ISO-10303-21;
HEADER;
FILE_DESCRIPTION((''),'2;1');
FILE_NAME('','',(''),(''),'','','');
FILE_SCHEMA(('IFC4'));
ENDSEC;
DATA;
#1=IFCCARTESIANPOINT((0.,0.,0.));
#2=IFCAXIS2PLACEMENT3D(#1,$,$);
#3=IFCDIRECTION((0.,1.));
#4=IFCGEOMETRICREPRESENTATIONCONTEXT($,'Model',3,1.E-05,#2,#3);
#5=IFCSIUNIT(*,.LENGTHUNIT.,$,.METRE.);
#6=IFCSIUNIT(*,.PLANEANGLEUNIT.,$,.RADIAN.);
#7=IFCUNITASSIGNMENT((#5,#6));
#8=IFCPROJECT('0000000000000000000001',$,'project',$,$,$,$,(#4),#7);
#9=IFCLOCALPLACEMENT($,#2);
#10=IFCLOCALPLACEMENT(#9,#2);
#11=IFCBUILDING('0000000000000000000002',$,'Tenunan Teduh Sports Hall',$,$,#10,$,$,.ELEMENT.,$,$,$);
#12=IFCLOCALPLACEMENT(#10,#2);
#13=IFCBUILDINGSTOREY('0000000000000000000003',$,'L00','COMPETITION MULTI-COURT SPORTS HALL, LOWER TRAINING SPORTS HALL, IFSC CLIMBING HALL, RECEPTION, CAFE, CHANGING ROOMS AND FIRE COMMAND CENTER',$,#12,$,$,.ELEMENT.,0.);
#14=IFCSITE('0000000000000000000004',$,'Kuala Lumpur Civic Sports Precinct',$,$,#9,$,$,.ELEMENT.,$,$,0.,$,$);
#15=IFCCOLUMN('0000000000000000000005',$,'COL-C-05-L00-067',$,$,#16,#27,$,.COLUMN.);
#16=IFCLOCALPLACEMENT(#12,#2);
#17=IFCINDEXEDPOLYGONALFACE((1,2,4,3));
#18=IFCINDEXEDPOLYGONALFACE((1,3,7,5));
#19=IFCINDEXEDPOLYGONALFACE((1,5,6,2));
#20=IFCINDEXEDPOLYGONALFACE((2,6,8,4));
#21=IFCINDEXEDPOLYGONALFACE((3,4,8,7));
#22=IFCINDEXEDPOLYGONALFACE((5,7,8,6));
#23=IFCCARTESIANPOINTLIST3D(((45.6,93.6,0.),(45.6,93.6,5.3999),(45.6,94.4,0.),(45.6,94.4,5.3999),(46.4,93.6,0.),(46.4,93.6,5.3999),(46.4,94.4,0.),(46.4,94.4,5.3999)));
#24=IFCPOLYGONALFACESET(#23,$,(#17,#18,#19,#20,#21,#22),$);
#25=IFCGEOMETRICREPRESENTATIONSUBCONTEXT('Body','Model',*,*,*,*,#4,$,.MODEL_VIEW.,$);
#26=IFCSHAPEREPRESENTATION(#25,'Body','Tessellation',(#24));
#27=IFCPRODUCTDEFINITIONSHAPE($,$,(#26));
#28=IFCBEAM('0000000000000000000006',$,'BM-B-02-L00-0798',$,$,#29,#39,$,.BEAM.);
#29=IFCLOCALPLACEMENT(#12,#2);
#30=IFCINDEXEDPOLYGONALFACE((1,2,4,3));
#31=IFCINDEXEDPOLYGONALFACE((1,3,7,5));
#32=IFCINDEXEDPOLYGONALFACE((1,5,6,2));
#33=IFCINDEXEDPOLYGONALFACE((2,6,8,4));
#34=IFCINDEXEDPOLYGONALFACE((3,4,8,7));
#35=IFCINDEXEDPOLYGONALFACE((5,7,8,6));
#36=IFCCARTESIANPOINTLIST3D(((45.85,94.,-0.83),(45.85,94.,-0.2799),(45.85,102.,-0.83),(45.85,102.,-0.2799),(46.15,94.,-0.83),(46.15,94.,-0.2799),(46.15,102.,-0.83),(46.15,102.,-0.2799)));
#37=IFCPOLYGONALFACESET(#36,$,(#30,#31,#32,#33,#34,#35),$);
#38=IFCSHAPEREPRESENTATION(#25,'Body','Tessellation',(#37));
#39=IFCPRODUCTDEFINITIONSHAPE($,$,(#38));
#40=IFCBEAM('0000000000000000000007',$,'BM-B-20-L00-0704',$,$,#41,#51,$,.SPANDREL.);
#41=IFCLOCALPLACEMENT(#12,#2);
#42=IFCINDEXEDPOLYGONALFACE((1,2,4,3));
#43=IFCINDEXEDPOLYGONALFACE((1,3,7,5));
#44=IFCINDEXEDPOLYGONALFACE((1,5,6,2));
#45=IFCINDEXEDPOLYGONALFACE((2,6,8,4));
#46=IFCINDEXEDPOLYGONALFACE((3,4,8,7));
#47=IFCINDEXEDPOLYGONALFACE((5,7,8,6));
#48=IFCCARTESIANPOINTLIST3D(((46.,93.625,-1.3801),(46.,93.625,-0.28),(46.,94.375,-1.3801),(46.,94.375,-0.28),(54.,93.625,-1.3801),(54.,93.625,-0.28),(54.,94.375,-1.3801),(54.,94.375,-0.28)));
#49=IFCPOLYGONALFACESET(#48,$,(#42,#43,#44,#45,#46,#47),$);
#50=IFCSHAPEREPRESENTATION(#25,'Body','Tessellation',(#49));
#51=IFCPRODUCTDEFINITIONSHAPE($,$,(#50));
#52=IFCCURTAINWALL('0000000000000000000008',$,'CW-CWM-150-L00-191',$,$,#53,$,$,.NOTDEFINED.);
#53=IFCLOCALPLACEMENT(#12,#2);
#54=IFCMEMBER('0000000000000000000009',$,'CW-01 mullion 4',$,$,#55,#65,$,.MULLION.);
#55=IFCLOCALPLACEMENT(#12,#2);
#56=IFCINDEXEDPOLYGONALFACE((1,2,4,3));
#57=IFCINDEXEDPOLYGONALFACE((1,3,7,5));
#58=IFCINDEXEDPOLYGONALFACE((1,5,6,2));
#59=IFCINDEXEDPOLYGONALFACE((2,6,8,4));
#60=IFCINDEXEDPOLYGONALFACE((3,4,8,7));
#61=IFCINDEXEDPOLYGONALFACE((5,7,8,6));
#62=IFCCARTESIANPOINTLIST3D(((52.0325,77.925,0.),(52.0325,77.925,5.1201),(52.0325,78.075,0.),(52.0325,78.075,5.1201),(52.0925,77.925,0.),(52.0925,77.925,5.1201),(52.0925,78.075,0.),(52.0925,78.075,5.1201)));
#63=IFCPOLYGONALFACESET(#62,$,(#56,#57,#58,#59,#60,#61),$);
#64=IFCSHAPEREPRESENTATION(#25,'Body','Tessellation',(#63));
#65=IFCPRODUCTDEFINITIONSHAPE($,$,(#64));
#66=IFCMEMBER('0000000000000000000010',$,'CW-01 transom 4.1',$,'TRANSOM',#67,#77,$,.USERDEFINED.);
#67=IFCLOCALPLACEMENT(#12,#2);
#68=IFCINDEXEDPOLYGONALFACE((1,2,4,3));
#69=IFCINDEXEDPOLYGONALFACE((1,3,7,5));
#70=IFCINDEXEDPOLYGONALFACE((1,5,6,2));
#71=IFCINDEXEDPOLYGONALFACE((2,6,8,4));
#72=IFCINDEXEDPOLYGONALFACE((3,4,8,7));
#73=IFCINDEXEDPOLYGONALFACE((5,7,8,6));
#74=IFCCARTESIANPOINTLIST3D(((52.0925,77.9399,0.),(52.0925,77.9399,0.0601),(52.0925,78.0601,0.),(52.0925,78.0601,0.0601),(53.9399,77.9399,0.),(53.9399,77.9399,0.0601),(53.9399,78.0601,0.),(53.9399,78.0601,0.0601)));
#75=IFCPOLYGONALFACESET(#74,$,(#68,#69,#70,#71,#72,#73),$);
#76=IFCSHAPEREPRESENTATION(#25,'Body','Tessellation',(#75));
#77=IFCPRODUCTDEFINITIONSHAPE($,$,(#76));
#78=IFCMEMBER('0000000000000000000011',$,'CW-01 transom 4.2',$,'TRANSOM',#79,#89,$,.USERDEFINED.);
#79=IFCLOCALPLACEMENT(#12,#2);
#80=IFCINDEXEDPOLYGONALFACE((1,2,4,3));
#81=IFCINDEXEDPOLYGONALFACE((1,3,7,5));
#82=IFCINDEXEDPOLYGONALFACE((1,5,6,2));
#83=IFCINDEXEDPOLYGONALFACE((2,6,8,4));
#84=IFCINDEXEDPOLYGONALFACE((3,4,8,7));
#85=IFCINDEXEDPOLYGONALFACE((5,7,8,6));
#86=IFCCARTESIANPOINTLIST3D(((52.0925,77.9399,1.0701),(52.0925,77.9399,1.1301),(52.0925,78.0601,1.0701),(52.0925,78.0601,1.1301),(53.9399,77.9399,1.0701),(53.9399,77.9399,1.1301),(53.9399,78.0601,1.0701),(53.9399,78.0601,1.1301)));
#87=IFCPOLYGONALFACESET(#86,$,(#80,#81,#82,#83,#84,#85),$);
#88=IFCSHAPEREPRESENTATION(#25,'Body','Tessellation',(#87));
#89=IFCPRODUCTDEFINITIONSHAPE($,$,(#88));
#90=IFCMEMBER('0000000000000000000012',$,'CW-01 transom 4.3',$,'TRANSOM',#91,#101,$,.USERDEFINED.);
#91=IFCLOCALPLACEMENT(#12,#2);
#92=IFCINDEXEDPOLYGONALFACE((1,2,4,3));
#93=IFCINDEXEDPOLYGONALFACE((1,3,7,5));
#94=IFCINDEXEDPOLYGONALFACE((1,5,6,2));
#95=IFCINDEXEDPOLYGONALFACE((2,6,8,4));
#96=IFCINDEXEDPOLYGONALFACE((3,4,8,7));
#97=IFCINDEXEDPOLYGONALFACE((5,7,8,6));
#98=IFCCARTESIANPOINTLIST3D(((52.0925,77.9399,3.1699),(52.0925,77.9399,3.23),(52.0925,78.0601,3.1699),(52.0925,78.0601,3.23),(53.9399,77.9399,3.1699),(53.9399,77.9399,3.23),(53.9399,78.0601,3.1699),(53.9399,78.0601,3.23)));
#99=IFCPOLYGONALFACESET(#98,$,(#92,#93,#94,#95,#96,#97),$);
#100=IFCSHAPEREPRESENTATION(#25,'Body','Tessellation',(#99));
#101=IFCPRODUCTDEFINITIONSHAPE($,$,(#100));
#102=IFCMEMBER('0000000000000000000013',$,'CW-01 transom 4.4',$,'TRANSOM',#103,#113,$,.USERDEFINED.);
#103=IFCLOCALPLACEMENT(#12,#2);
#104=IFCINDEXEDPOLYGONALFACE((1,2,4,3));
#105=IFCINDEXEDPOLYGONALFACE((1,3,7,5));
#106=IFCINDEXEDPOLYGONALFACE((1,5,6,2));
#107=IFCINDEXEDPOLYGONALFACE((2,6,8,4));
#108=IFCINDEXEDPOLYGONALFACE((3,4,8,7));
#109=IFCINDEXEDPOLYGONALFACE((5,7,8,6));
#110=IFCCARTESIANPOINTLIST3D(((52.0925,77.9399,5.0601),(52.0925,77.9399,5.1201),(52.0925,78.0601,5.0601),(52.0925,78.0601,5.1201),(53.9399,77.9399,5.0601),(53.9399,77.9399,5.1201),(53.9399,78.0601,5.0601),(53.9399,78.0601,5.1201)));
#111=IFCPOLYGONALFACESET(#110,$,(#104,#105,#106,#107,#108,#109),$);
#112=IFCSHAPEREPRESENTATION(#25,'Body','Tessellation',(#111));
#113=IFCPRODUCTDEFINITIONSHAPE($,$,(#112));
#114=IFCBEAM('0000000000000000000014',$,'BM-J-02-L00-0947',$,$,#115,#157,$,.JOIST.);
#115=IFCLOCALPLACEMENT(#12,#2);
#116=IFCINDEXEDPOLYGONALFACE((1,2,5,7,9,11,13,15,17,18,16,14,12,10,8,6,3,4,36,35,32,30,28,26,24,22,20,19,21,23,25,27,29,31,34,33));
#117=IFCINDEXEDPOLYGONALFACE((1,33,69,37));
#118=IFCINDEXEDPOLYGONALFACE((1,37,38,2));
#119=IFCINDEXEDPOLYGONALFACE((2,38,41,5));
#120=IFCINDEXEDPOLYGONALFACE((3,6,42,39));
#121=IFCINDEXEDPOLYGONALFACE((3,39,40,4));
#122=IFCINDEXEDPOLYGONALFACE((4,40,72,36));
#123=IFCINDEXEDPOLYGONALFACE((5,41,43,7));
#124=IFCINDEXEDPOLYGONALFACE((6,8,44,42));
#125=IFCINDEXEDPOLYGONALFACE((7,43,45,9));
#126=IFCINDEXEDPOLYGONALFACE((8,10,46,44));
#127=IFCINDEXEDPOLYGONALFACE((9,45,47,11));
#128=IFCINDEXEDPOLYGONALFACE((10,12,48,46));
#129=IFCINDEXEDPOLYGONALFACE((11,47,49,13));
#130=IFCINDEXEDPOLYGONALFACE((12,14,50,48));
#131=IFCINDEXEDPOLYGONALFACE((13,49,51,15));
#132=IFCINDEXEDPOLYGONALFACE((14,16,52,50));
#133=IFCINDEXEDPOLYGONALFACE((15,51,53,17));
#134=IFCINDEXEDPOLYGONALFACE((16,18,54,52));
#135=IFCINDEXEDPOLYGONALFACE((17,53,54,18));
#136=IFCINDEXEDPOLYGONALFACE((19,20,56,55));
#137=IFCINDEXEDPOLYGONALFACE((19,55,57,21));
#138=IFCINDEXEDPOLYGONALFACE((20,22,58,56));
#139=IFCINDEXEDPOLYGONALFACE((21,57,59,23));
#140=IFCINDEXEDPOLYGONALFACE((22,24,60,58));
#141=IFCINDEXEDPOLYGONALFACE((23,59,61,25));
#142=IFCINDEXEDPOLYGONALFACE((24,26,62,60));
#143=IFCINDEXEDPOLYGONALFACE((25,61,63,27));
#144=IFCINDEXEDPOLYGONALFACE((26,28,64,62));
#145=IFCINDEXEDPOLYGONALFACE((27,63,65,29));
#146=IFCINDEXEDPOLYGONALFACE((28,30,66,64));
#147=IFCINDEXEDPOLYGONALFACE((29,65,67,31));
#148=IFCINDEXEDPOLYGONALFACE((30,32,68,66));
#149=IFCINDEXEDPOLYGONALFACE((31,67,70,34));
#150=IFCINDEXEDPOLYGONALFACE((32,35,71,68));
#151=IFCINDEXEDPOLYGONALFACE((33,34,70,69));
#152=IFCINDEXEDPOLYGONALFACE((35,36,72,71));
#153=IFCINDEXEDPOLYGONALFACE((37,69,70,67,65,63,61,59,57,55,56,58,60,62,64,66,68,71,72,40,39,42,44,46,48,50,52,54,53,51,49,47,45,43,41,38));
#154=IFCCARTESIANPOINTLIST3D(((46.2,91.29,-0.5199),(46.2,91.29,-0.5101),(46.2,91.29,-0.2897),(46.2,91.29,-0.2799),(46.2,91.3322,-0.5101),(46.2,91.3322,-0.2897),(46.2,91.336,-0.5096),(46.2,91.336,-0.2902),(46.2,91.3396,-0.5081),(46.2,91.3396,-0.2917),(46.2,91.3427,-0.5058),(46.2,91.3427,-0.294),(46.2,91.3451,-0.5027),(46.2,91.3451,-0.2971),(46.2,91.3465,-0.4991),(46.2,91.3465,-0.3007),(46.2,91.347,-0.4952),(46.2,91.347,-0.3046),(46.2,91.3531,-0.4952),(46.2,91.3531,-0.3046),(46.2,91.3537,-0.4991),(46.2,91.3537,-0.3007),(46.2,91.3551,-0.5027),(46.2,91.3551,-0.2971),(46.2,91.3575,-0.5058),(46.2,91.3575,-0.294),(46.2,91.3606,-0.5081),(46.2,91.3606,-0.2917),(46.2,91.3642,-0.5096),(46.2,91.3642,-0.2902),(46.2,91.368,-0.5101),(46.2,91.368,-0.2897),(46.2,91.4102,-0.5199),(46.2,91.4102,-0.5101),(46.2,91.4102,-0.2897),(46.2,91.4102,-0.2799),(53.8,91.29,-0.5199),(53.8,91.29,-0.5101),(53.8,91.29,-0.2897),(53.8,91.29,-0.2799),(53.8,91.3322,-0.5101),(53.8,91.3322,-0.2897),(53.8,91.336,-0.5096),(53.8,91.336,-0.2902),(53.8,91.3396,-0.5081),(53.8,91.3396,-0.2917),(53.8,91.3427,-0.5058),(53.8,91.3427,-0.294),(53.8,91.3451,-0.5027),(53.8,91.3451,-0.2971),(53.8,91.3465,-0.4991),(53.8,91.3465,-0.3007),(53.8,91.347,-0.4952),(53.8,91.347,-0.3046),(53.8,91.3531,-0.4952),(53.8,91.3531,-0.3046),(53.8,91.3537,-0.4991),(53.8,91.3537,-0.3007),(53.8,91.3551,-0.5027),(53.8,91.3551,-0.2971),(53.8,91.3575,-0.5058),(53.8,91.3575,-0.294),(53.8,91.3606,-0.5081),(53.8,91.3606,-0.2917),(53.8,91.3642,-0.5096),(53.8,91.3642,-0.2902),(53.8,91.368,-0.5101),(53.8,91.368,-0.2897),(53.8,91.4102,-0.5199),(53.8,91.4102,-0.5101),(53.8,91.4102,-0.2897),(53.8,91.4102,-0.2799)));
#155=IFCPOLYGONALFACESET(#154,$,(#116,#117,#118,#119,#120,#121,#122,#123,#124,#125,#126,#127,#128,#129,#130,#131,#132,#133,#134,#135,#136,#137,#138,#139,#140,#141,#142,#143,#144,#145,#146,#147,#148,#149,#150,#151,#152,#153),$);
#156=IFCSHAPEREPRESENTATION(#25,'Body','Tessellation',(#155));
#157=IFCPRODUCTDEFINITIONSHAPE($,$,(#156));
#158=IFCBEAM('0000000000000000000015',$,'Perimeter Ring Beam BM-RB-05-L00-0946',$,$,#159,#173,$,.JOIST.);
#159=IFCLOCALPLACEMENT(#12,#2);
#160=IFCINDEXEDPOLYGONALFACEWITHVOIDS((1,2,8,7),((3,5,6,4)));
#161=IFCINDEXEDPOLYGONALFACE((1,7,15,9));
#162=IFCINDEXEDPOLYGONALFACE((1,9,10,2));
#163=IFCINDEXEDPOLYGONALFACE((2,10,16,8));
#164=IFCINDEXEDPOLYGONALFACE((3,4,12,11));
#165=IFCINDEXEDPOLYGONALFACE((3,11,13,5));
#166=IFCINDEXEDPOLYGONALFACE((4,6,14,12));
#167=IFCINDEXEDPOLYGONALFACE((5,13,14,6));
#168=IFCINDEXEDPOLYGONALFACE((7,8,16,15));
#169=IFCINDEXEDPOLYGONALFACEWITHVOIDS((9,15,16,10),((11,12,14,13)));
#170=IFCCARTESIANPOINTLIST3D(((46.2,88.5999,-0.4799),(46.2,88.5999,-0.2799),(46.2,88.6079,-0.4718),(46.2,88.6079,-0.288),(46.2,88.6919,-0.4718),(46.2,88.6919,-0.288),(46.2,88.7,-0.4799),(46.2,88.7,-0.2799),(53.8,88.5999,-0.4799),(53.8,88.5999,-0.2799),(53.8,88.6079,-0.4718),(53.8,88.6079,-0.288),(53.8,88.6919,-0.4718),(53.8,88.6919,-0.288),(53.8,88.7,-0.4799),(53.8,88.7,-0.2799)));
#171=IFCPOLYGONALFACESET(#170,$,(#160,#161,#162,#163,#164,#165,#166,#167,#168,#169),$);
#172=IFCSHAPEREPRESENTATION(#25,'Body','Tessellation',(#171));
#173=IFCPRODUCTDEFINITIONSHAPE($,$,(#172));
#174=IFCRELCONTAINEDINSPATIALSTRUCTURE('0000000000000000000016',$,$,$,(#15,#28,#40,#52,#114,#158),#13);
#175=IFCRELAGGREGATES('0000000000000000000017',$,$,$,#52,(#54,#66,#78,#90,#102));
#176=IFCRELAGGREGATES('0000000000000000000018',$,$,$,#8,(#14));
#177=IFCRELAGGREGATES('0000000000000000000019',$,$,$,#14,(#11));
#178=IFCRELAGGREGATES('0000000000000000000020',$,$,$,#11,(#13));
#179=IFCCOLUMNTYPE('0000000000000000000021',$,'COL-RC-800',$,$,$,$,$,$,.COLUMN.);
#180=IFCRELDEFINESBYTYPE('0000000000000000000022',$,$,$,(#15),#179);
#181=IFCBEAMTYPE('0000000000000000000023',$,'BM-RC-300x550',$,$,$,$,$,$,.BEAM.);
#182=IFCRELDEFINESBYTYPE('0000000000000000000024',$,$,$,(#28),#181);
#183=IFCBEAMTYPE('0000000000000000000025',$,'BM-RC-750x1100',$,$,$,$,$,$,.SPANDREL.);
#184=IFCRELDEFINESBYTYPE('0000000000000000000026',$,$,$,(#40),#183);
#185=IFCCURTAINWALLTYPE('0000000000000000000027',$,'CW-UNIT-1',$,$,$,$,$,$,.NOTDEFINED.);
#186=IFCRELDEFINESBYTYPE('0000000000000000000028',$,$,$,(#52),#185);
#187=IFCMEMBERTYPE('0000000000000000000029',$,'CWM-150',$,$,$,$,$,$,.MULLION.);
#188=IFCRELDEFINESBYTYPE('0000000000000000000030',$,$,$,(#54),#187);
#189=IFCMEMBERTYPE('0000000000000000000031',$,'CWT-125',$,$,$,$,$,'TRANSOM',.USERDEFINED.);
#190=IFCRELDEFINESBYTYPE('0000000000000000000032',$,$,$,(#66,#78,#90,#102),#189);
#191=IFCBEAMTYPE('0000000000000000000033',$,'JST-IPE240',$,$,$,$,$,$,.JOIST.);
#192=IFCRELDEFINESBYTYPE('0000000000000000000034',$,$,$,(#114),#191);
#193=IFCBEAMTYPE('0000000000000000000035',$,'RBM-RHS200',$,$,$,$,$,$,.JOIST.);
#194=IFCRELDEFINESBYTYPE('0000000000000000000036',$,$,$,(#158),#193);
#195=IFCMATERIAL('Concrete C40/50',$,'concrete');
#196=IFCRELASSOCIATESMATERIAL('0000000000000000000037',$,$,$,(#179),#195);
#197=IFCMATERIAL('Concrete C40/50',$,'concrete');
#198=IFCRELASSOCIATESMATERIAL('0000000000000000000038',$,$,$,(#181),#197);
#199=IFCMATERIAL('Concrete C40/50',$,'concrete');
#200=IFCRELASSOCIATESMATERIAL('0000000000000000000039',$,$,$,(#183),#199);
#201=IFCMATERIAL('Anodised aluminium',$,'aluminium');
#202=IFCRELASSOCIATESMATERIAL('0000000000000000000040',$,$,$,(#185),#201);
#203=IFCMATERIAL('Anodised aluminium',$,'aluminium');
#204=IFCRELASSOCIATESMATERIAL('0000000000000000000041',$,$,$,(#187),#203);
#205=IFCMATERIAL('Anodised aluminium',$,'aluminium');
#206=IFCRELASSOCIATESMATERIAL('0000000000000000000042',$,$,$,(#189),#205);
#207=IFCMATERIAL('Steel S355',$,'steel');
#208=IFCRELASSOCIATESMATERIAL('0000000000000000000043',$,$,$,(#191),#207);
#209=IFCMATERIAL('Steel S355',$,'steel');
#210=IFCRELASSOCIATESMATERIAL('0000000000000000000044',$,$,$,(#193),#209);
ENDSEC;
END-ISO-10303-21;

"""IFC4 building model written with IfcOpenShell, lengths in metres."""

from ifc_helpers import new_model, si_unit, direction, frame, origin, origin_2d, place, context, subcontext, project, spatial, rectangle, hollow_rectangle, i_section, extrude, material, material_profile, profile_set, type_object, element, aggregate, save


model = new_model("IFC4")

# Units and contexts
model_context = context("Model", 3, precision=1e-05, world=origin(), true_north=direction((0.0, 1.0)))
body_context = subcontext(model_context, "Body", "Model", "MODEL_VIEW")
ifc_project = project(units=[si_unit("LENGTHUNIT", "METRE"), si_unit("PLANEANGLEUNIT", "RADIAN")], contexts=[model_context])

# Site, building, storey
site_placement = place(None, origin())
site = spatial("IfcSite", under=ifc_project, at=site_placement, Name="Kuala Lumpur Civic Sports Precinct", CompositionType="ELEMENT", RefElevation=0.0)
building_placement = place(site_placement, origin())
building = spatial("IfcBuilding", under=site, at=building_placement, Name="Tenunan Teduh Sports Hall", CompositionType="ELEMENT")
storey_placement = place(building_placement, origin())
storey = spatial("IfcBuildingStorey", under=building, at=storey_placement, Name="L00", Description="COMPETITION MULTI-COURT SPORTS HALL, LOWER TRAINING SPORTS HALL, IFSC CLIMBING HALL, RECEPTION, CAFE, CHANGING ROOMS AND FIRE COMMAND CENTER", CompositionType="ELEMENT", Elevation=0.0)

# Column
ifc_material_1 = material(Name="Concrete C40/50", Category="concrete")
ifc_material_profile_1 = material_profile(ifc_material_1, rectangle(XDim=0.8, YDim=0.8, at=origin_2d()), Name="RC 800x800")
ifc_profile_set_1 = profile_set([ifc_material_profile_1], Name="Concrete C40/50")
column_type = type_object("IfcColumnType", Name="COL-RC-800", PredefinedType="COLUMN", material=ifc_profile_set_1)
column_placement = place(storey_placement, frame((46.0, 94.0, 0.0), z_axis=(0.0, 0.0, 1.0), x_axis=(1.0, 0.0, 0.0)))
element("IfcColumn", 1, at=column_placement, inside=storey, type_object=column_type, Name="COL-C-05-L00-067", PredefinedType="COLUMN", context=body_context, shape_type="SweptSolid", body=[
    extrude(rectangle(XDim=0.8, YDim=0.8, at=origin_2d()), origin(), (0.0, 0.0, 1.0), 5.3999),
])

# Beams
ifc_material_2 = material(Name="Concrete C40/50", Category="concrete")
ifc_material_profile_2 = material_profile(ifc_material_2, rectangle(XDim=0.3, YDim=0.55, at=origin_2d()), Name="RCB 300x550")
ifc_profile_set_2 = profile_set([ifc_material_profile_2], Name="Concrete C40/50")
beam_type_1 = type_object("IfcBeamType", Name="BM-RC-300x550", PredefinedType="BEAM", material=ifc_profile_set_2)
beam_1_placement = place(storey_placement, frame((46.0, 94.0, -0.5549), z_axis=(0.0, 1.0, 0.0), x_axis=(-1.0, 0.0, 0.0)))
element("IfcBeam", 2, at=beam_1_placement, inside=storey, type_object=beam_type_1, Name="BM-B-02-L00-0798", PredefinedType="BEAM", context=body_context, shape_type="SweptSolid", body=[
    extrude(rectangle(XDim=0.3, YDim=0.55, at=origin_2d()), origin(), (0.0, 0.0, 1.0), 8.0),
])
ifc_material_3 = material(Name="Concrete C40/50", Category="concrete")
ifc_material_profile_3 = material_profile(ifc_material_3, rectangle(XDim=0.75, YDim=1.1001, at=origin_2d()), Name="RCB 750x1100")
ifc_profile_set_3 = profile_set([ifc_material_profile_3], Name="Concrete C40/50")
beam_type_2 = type_object("IfcBeamType", Name="BM-RC-750x1100", PredefinedType="SPANDREL", material=ifc_profile_set_3)
beam_2_placement = place(storey_placement, frame((46.0, 94.0, -0.8301), z_axis=(1.0, 0.0, 0.0), x_axis=(0.0, 1.0, 0.0)))
element("IfcBeam", 3, at=beam_2_placement, inside=storey, type_object=beam_type_2, Name="BM-B-20-L00-0704", PredefinedType="SPANDREL", context=body_context, shape_type="SweptSolid", body=[
    extrude(rectangle(XDim=0.75, YDim=1.1001, at=origin_2d()), origin(), (0.0, 0.0, 1.0), 8.0),
])

# Curtain wall, members
ifc_material_4 = material(Name="Anodised aluminium", Category="aluminium")
curtain_wall_type = type_object("IfcCurtainWallType", Name="CW-UNIT-1", PredefinedType="NOTDEFINED", material=ifc_material_4)
curtain_wall_placement = place(storey_placement, origin())
curtain_wall = element("IfcCurtainWall", 4, at=curtain_wall_placement, inside=storey, type_object=curtain_wall_type, Name="CW-CWM-150-L00-191", PredefinedType="NOTDEFINED")
ifc_material_5 = material(Name="Anodised aluminium", Category="aluminium")
ifc_material_profile_4 = material_profile(ifc_material_5, rectangle(XDim=0.0601, YDim=0.1499, at=origin_2d()), Name="CWM 60x150")
ifc_profile_set_4 = profile_set([ifc_material_profile_4], Name="Anodised aluminium")
member_type_1 = type_object("IfcMemberType", Name="CWM-150", PredefinedType="MULLION", material=ifc_profile_set_4)
member_1_placement = place(storey_placement, frame((52.0625, 78.0, 0.0), z_axis=(0.0, 0.0, 1.0), x_axis=(1.0, 0.0, 0.0)))
member_1 = element("IfcMember", 5, at=member_1_placement, type_object=member_type_1, Name="CW-01 mullion 4", PredefinedType="MULLION", context=body_context, shape_type="SweptSolid", body=[
    extrude(rectangle(XDim=0.0601, YDim=0.1499, at=origin_2d()), origin(), (0.0, 0.0, 1.0), 5.1201),
])
ifc_material_6 = material(Name="Anodised aluminium", Category="aluminium")
ifc_material_profile_5 = material_profile(ifc_material_6, rectangle(XDim=0.0601, YDim=0.1201, at=origin_2d()), Name="CWT 60x120")
ifc_profile_set_5 = profile_set([ifc_material_profile_5], Name="Anodised aluminium")
member_type_2 = type_object("IfcMemberType", Name="CWT-125", ElementType="TRANSOM", PredefinedType="USERDEFINED", material=ifc_profile_set_5)
member_2_placement = place(storey_placement, frame((52.0925, 78.0, 0.03), z_axis=(1.0, 0.0, 0.0), x_axis=(0.0, 0.0, 1.0)))
member_2 = element("IfcMember", 6, at=member_2_placement, type_object=member_type_2, Name="CW-01 transom 4.1", ObjectType="TRANSOM", PredefinedType="USERDEFINED", context=body_context, shape_type="SweptSolid", body=[
    extrude(rectangle(XDim=0.0601, YDim=0.1201, at=origin_2d()), origin(), (0.0, 0.0, 1.0), 1.8474),
])
member_3_placement = place(storey_placement, frame((52.0925, 78.0, 1.1001), z_axis=(1.0, 0.0, 0.0), x_axis=(0.0, 0.0, 1.0)))
member_3 = element("IfcMember", 7, at=member_3_placement, type_object=member_type_2, Name="CW-01 transom 4.2", ObjectType="TRANSOM", PredefinedType="USERDEFINED", context=body_context, shape_type="SweptSolid", body=[
    extrude(rectangle(XDim=0.0601, YDim=0.1201, at=origin_2d()), origin(), (0.0, 0.0, 1.0), 1.8474),
])
member_4_placement = place(storey_placement, frame((52.0925, 78.0, 3.2), z_axis=(1.0, 0.0, 0.0), x_axis=(0.0, 0.0, 1.0)))
member_4 = element("IfcMember", 8, at=member_4_placement, type_object=member_type_2, Name="CW-01 transom 4.3", ObjectType="TRANSOM", PredefinedType="USERDEFINED", context=body_context, shape_type="SweptSolid", body=[
    extrude(rectangle(XDim=0.0601, YDim=0.1201, at=origin_2d()), origin(), (0.0, 0.0, 1.0), 1.8474),
])
member_5_placement = place(storey_placement, frame((52.0925, 78.0, 5.0901), z_axis=(1.0, 0.0, 0.0), x_axis=(0.0, 0.0, 1.0)))
member_5 = element("IfcMember", 9, at=member_5_placement, type_object=member_type_2, Name="CW-01 transom 4.4", ObjectType="TRANSOM", PredefinedType="USERDEFINED", context=body_context, shape_type="SweptSolid", body=[
    extrude(rectangle(XDim=0.0601, YDim=0.1201, at=origin_2d()), origin(), (0.0, 0.0, 1.0), 1.8474),
])

# Beams
ifc_material_7 = material(Name="Steel S355", Category="steel")
ifc_material_profile_6 = material_profile(ifc_material_7, i_section(OverallWidth=0.1201, OverallDepth=0.24, WebThickness=0.0061, FlangeThickness=0.0098, FilletRadius=0.0149, at=origin_2d()), Name="IPE 240")
ifc_profile_set_6 = profile_set([ifc_material_profile_6], Name="Steel S355")
beam_type_3 = type_object("IfcBeamType", Name="JST-IPE240", PredefinedType="JOIST", material=ifc_profile_set_6)
beam_3_placement = place(storey_placement, frame((46.2, 91.3501, -0.3999), z_axis=(1.0, 0.0, 0.0), x_axis=(0.0, 1.0, 0.0)))
element("IfcBeam", 10, at=beam_3_placement, inside=storey, type_object=beam_type_3, Name="BM-J-02-L00-0947", PredefinedType="JOIST", context=body_context, shape_type="SweptSolid", body=[
    extrude(i_section(OverallWidth=0.1201, OverallDepth=0.24, WebThickness=0.0061, FlangeThickness=0.0098, FilletRadius=0.0149, at=origin_2d()), origin(), (0.0, 0.0, 1.0), 7.6001),
])
ifc_material_8 = material(Name="Steel S355", Category="steel")
ifc_material_profile_7 = material_profile(ifc_material_8, hollow_rectangle(XDim=0.1001, YDim=0.2, WallThickness=0.0081, at=origin_2d()), Name="RHS 200x100x8.0")
ifc_profile_set_7 = profile_set([ifc_material_profile_7], Name="Steel S355")
beam_type_4 = type_object("IfcBeamType", Name="RBM-RHS200", PredefinedType="JOIST", material=ifc_profile_set_7)
beam_4_placement = place(storey_placement, frame((46.2, 88.6499, -0.3799), z_axis=(1.0, 0.0, 0.0), x_axis=(0.0, 1.0, 0.0)))
element("IfcBeam", 11, at=beam_4_placement, inside=storey, type_object=beam_type_4, Name="Perimeter Ring Beam BM-RB-05-L00-0946", PredefinedType="JOIST", context=body_context, shape_type="SweptSolid", body=[
    extrude(hollow_rectangle(XDim=0.1001, YDim=0.2, WallThickness=0.0081, at=origin_2d()), origin(), (0.0, 0.0, 1.0), 7.6001),
])

aggregate(curtain_wall, [member_1, member_2, member_3, member_4, member_5])

save(model, "model.ifc")
